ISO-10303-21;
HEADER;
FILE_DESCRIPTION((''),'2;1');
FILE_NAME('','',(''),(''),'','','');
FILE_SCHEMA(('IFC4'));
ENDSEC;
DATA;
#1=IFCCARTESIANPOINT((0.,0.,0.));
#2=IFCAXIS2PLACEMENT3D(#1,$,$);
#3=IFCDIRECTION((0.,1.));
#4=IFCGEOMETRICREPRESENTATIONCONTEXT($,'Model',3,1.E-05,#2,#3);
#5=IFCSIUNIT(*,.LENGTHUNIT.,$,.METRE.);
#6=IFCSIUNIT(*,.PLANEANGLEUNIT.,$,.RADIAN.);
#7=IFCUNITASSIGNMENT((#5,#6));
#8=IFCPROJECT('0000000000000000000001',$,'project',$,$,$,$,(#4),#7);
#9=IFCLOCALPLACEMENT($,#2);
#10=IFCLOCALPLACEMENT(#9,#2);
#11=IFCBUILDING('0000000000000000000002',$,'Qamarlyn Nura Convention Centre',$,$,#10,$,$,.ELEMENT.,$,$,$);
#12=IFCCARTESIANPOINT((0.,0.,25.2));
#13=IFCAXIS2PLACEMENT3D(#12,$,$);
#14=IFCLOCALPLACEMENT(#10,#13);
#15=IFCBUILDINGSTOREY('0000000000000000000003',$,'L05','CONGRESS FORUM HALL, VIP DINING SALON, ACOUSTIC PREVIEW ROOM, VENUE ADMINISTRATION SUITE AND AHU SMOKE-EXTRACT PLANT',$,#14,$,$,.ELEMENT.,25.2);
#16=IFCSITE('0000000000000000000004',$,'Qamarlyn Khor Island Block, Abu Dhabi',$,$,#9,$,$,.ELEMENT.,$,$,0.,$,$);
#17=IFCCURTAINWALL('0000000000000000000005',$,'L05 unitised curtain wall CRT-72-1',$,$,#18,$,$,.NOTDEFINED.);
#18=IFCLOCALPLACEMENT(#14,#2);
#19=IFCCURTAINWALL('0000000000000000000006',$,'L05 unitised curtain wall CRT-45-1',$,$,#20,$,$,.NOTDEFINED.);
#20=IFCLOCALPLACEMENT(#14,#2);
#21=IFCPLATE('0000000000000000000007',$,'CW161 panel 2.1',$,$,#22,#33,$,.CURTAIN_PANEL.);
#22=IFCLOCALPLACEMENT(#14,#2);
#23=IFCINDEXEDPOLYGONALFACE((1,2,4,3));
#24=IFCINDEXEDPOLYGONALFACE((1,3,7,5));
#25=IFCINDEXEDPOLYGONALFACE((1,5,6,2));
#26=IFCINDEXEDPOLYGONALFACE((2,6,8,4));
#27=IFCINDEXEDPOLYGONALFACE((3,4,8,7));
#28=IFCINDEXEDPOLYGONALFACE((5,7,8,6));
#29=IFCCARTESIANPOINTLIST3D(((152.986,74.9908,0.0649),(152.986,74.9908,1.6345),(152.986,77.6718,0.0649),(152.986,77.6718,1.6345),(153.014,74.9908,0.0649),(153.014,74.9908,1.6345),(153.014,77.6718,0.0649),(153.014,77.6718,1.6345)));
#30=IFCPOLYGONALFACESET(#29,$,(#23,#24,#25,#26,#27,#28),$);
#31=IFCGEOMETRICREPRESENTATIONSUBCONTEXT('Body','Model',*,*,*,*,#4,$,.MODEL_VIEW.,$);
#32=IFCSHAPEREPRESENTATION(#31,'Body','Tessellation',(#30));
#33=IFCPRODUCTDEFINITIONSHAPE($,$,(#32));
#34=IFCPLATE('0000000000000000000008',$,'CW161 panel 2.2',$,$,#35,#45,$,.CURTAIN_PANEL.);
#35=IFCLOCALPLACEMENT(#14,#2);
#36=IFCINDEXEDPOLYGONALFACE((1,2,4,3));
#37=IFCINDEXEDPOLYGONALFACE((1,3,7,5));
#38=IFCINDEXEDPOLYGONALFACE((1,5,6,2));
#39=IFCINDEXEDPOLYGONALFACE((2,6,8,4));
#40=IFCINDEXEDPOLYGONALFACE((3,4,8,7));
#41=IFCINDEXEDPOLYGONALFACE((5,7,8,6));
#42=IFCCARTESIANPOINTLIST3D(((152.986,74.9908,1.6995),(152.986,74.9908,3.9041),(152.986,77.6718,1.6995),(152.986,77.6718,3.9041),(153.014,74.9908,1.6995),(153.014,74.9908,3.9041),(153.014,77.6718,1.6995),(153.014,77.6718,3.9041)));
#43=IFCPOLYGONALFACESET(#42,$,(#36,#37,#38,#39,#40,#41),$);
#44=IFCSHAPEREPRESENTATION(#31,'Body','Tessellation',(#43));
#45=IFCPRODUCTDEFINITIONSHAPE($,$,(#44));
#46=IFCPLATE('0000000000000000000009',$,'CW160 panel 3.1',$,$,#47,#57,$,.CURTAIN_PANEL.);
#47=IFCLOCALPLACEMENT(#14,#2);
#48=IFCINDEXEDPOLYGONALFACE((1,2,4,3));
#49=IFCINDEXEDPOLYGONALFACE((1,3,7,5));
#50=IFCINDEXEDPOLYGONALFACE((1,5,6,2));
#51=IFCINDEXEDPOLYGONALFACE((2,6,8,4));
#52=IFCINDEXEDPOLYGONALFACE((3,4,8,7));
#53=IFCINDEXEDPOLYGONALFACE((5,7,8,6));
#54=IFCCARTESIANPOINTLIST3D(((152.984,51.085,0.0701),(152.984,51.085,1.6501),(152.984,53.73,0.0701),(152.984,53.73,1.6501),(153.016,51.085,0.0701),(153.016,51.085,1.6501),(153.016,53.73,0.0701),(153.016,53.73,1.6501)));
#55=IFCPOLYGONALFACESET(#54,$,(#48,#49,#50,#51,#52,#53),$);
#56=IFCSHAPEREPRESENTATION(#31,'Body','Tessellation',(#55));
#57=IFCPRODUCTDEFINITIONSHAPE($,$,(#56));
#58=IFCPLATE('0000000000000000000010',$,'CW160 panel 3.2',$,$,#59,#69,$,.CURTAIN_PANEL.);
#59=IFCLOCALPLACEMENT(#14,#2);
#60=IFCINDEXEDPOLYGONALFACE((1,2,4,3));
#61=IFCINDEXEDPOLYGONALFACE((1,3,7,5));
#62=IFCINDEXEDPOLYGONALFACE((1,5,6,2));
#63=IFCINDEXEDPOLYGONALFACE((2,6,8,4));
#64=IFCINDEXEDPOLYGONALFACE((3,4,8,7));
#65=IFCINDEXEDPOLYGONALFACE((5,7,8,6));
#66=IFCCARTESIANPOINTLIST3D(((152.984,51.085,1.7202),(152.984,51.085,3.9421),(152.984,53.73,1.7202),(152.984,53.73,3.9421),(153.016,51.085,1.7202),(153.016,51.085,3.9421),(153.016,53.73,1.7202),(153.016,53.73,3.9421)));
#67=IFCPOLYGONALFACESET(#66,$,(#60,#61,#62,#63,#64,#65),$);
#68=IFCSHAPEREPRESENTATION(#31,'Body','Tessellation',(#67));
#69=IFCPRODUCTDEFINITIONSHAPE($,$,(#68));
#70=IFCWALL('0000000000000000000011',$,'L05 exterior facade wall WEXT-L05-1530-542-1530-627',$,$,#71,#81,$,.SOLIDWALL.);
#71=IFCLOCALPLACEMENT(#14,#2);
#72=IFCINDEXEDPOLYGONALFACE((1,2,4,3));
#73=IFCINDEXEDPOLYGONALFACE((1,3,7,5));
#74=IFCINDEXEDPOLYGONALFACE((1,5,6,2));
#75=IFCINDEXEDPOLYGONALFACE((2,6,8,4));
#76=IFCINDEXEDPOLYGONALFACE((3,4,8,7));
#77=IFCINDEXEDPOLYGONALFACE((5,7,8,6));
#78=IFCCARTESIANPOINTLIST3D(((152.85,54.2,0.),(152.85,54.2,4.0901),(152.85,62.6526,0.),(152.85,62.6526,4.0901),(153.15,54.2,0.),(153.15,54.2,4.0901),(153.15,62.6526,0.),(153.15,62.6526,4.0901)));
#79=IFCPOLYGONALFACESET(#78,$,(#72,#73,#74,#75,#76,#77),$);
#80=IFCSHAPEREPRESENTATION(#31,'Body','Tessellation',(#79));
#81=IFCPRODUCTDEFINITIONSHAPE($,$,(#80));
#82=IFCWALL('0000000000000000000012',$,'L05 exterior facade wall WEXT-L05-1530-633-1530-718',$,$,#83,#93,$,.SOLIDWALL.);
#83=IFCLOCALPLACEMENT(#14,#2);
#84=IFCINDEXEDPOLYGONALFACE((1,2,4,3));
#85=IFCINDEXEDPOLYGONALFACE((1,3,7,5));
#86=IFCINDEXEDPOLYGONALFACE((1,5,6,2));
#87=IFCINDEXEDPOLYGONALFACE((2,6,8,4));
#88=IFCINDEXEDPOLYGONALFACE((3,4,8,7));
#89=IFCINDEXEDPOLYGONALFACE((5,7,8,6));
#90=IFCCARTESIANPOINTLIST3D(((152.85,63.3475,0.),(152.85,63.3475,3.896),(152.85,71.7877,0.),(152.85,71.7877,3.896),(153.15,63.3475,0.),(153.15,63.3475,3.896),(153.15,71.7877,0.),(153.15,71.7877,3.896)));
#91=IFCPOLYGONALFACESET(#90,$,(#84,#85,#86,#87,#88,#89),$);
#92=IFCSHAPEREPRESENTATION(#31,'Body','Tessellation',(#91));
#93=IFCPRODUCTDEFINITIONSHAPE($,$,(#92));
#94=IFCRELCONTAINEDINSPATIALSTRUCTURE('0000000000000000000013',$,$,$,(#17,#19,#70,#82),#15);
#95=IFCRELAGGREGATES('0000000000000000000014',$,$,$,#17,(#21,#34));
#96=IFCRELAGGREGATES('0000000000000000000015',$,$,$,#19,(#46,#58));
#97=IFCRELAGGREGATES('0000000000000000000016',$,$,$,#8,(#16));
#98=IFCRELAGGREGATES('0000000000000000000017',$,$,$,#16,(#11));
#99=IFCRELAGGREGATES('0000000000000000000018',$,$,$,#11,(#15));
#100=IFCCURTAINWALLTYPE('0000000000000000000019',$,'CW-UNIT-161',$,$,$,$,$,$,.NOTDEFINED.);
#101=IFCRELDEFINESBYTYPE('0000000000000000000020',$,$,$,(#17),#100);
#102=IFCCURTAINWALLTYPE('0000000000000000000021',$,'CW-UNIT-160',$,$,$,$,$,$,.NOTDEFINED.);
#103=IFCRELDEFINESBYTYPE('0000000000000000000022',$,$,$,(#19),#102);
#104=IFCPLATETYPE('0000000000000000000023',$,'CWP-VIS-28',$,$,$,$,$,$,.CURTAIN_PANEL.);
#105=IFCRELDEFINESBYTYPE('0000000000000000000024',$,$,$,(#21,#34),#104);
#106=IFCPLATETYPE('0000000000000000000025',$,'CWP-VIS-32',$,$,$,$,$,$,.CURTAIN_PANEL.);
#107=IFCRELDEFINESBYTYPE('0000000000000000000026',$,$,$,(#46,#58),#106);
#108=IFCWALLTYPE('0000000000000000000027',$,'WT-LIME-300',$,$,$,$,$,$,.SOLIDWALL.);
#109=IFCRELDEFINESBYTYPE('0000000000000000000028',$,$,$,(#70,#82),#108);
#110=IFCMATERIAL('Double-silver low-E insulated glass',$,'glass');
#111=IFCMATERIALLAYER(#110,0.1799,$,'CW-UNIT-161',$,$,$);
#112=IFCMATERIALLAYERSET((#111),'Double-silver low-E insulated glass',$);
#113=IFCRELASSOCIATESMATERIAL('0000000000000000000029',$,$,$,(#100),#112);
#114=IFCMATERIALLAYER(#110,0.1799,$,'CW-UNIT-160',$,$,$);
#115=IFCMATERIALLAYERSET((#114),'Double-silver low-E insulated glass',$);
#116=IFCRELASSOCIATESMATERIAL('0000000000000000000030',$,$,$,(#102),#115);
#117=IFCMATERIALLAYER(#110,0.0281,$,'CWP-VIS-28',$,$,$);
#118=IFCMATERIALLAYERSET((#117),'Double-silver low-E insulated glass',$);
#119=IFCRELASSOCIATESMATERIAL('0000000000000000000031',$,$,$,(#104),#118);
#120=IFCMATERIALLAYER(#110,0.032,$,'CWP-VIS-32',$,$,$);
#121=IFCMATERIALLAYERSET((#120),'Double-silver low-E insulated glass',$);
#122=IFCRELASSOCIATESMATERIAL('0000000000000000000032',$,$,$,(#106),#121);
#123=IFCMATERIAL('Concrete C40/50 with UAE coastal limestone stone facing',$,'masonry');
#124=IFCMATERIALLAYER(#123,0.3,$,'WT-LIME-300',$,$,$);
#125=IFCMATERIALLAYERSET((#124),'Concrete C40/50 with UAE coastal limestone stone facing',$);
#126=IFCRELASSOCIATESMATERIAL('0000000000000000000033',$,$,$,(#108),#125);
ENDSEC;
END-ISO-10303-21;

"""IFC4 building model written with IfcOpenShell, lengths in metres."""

from ifc_helpers import new_model, si_unit, direction, frame, frame_2d, origin, origin_2d, place, context, subcontext, project, spatial, rectangle, extrude, material, layer, layer_set, type_object, element, aggregate, save


model = new_model("IFC4")

# Units and contexts
model_context = context("Model", 3, precision=1e-05, world=origin(), true_north=direction((0.0, 1.0)))
body_context = subcontext(model_context, "Body", "Model", "MODEL_VIEW")
ifc_project = project(units=[si_unit("LENGTHUNIT", "METRE"), si_unit("PLANEANGLEUNIT", "RADIAN")], contexts=[model_context])

# Site, building, storey
site_placement = place(None, origin())
site = spatial("IfcSite", under=ifc_project, at=site_placement, Name="Qamarlyn Khor Island Block, Abu Dhabi", CompositionType="ELEMENT", RefElevation=0.0)
building_placement = place(site_placement, origin())
building = spatial("IfcBuilding", under=site, at=building_placement, Name="Qamarlyn Nura Convention Centre", CompositionType="ELEMENT")
storey_placement = place(building_placement, frame((0.0, 0.0, 25.2)))
storey = spatial("IfcBuildingStorey", under=building, at=storey_placement, Name="L05", Description="CONGRESS FORUM HALL, VIP DINING SALON, ACOUSTIC PREVIEW ROOM, VENUE ADMINISTRATION SUITE AND AHU SMOKE-EXTRACT PLANT", CompositionType="ELEMENT", Elevation=25.2)

# Curtain wall
ifc_material_1 = material(Name="Double-silver low-E insulated glass", Category="glass")
ifc_layer_1 = layer(ifc_material_1, 0.1799, Name="CW-UNIT-161")
ifc_layer_set_1 = layer_set([ifc_layer_1], Name="Double-silver low-E insulated glass")
curtain_wall_type_1 = type_object("IfcCurtainWallType", Name="CW-UNIT-161", PredefinedType="NOTDEFINED", material=ifc_layer_set_1)
curtain_wall_1_placement = place(storey_placement, origin())
curtain_wall_1 = element("IfcCurtainWall", 1, at=curtain_wall_1_placement, inside=storey, type_object=curtain_wall_type_1, Name="L05 unitised curtain wall CRT-72-1", PredefinedType="NOTDEFINED")

# Curtain wall
ifc_layer_2 = layer(ifc_material_1, 0.1799, Name="CW-UNIT-160")
ifc_layer_set_2 = layer_set([ifc_layer_2], Name="Double-silver low-E insulated glass")
curtain_wall_type_2 = type_object("IfcCurtainWallType", Name="CW-UNIT-160", PredefinedType="NOTDEFINED", material=ifc_layer_set_2)
curtain_wall_2_placement = place(storey_placement, origin())
curtain_wall_2 = element("IfcCurtainWall", 2, at=curtain_wall_2_placement, inside=storey, type_object=curtain_wall_type_2, Name="L05 unitised curtain wall CRT-45-1", PredefinedType="NOTDEFINED")

# Plates
ifc_layer_3 = layer(ifc_material_1, 0.0281, Name="CWP-VIS-28")
ifc_layer_set_3 = layer_set([ifc_layer_3], Name="Double-silver low-E insulated glass")
plate_type_1 = type_object("IfcPlateType", Name="CWP-VIS-28", PredefinedType="CURTAIN_PANEL", material=ifc_layer_set_3)
plate_1_placement = place(storey_placement, frame((153.0, 76.3313, 0.0649), z_axis=(0.0, 0.0, 1.0), x_axis=(0.0, 1.0, 0.0)))
plate_1 = element("IfcPlate", 3, at=plate_1_placement, type_object=plate_type_1, Name="CW161 panel 2.1", PredefinedType="CURTAIN_PANEL", context=body_context, shape_type="SweptSolid", body=[
    extrude(rectangle(XDim=2.6809, YDim=0.0281, at=origin_2d()), origin(), (0.0, 0.0, 1.0), 1.5696),
])
plate_2_placement = place(storey_placement, frame((153.0, 76.3313, 1.6995), z_axis=(0.0, 0.0, 1.0), x_axis=(0.0, 1.0, 0.0)))
plate_2 = element("IfcPlate", 4, at=plate_2_placement, type_object=plate_type_1, Name="CW161 panel 2.2", PredefinedType="CURTAIN_PANEL", context=body_context, shape_type="SweptSolid", body=[
    extrude(rectangle(XDim=2.6809, YDim=0.0281, at=origin_2d()), origin(), (0.0, 0.0, 1.0), 2.2046),
])
aggregate(curtain_wall_1, [plate_1, plate_2])
ifc_layer_4 = layer(ifc_material_1, 0.032, Name="CWP-VIS-32")
ifc_layer_set_4 = layer_set([ifc_layer_4], Name="Double-silver low-E insulated glass")
plate_type_2 = type_object("IfcPlateType", Name="CWP-VIS-32", PredefinedType="CURTAIN_PANEL", material=ifc_layer_set_4)
plate_3_placement = place(storey_placement, frame((153.0, 52.4075, 0.0701), z_axis=(0.0, 0.0, 1.0), x_axis=(0.0, 1.0, 0.0)))
plate_3 = element("IfcPlate", 5, at=plate_3_placement, type_object=plate_type_2, Name="CW160 panel 3.1", PredefinedType="CURTAIN_PANEL", context=body_context, shape_type="SweptSolid", body=[
    extrude(rectangle(XDim=2.645, YDim=0.032, at=origin_2d()), origin(), (0.0, 0.0, 1.0), 1.5801),
])
plate_4_placement = place(storey_placement, frame((153.0, 52.4075, 1.7202), z_axis=(0.0, 0.0, 1.0), x_axis=(0.0, 1.0, 0.0)))
plate_4 = element("IfcPlate", 6, at=plate_4_placement, type_object=plate_type_2, Name="CW160 panel 3.2", PredefinedType="CURTAIN_PANEL", context=body_context, shape_type="SweptSolid", body=[
    extrude(rectangle(XDim=2.645, YDim=0.032, at=origin_2d()), origin(), (0.0, 0.0, 1.0), 2.2219),
])
aggregate(curtain_wall_2, [plate_3, plate_4])

# Walls
ifc_material_2 = material(Name="Concrete C40/50 with UAE coastal limestone stone facing", Category="masonry")
ifc_layer_5 = layer(ifc_material_2, 0.3, Name="WT-LIME-300")
ifc_layer_set_5 = layer_set([ifc_layer_5], Name="Concrete C40/50 with UAE coastal limestone stone facing")
wall_type = type_object("IfcWallType", Name="WT-LIME-300", PredefinedType="SOLIDWALL", material=ifc_layer_set_5)
wall_1_placement = place(storey_placement, frame((153.0, 54.2, 0.0), z_axis=(0.0, 0.0, 1.0), x_axis=(0.0, 1.0, 0.0)))
element("IfcWall", 7, at=wall_1_placement, inside=storey, type_object=wall_type, Name="L05 exterior facade wall WEXT-L05-1530-542-1530-627", PredefinedType="SOLIDWALL", context=body_context, shape_type="SweptSolid", body=[
    extrude(rectangle(XDim=8.4526, YDim=0.3, at=frame_2d((4.2263, 0.0))), origin(), (0.0, 0.0, 1.0), 4.0901),
])
wall_2_placement = place(storey_placement, frame((153.0, 63.3474, 0.0), z_axis=(0.0, 0.0, 1.0), x_axis=(0.0, 1.0, 0.0)))
element("IfcWall", 8, at=wall_2_placement, inside=storey, type_object=wall_type, Name="L05 exterior facade wall WEXT-L05-1530-633-1530-718", PredefinedType="SOLIDWALL", context=body_context, shape_type="SweptSolid", body=[
    extrude(rectangle(XDim=8.4402, YDim=0.3, at=frame_2d((4.2202, 0.0))), origin(), (0.0, 0.0, 1.0), 3.896),
])

save(model, "model.ifc")
